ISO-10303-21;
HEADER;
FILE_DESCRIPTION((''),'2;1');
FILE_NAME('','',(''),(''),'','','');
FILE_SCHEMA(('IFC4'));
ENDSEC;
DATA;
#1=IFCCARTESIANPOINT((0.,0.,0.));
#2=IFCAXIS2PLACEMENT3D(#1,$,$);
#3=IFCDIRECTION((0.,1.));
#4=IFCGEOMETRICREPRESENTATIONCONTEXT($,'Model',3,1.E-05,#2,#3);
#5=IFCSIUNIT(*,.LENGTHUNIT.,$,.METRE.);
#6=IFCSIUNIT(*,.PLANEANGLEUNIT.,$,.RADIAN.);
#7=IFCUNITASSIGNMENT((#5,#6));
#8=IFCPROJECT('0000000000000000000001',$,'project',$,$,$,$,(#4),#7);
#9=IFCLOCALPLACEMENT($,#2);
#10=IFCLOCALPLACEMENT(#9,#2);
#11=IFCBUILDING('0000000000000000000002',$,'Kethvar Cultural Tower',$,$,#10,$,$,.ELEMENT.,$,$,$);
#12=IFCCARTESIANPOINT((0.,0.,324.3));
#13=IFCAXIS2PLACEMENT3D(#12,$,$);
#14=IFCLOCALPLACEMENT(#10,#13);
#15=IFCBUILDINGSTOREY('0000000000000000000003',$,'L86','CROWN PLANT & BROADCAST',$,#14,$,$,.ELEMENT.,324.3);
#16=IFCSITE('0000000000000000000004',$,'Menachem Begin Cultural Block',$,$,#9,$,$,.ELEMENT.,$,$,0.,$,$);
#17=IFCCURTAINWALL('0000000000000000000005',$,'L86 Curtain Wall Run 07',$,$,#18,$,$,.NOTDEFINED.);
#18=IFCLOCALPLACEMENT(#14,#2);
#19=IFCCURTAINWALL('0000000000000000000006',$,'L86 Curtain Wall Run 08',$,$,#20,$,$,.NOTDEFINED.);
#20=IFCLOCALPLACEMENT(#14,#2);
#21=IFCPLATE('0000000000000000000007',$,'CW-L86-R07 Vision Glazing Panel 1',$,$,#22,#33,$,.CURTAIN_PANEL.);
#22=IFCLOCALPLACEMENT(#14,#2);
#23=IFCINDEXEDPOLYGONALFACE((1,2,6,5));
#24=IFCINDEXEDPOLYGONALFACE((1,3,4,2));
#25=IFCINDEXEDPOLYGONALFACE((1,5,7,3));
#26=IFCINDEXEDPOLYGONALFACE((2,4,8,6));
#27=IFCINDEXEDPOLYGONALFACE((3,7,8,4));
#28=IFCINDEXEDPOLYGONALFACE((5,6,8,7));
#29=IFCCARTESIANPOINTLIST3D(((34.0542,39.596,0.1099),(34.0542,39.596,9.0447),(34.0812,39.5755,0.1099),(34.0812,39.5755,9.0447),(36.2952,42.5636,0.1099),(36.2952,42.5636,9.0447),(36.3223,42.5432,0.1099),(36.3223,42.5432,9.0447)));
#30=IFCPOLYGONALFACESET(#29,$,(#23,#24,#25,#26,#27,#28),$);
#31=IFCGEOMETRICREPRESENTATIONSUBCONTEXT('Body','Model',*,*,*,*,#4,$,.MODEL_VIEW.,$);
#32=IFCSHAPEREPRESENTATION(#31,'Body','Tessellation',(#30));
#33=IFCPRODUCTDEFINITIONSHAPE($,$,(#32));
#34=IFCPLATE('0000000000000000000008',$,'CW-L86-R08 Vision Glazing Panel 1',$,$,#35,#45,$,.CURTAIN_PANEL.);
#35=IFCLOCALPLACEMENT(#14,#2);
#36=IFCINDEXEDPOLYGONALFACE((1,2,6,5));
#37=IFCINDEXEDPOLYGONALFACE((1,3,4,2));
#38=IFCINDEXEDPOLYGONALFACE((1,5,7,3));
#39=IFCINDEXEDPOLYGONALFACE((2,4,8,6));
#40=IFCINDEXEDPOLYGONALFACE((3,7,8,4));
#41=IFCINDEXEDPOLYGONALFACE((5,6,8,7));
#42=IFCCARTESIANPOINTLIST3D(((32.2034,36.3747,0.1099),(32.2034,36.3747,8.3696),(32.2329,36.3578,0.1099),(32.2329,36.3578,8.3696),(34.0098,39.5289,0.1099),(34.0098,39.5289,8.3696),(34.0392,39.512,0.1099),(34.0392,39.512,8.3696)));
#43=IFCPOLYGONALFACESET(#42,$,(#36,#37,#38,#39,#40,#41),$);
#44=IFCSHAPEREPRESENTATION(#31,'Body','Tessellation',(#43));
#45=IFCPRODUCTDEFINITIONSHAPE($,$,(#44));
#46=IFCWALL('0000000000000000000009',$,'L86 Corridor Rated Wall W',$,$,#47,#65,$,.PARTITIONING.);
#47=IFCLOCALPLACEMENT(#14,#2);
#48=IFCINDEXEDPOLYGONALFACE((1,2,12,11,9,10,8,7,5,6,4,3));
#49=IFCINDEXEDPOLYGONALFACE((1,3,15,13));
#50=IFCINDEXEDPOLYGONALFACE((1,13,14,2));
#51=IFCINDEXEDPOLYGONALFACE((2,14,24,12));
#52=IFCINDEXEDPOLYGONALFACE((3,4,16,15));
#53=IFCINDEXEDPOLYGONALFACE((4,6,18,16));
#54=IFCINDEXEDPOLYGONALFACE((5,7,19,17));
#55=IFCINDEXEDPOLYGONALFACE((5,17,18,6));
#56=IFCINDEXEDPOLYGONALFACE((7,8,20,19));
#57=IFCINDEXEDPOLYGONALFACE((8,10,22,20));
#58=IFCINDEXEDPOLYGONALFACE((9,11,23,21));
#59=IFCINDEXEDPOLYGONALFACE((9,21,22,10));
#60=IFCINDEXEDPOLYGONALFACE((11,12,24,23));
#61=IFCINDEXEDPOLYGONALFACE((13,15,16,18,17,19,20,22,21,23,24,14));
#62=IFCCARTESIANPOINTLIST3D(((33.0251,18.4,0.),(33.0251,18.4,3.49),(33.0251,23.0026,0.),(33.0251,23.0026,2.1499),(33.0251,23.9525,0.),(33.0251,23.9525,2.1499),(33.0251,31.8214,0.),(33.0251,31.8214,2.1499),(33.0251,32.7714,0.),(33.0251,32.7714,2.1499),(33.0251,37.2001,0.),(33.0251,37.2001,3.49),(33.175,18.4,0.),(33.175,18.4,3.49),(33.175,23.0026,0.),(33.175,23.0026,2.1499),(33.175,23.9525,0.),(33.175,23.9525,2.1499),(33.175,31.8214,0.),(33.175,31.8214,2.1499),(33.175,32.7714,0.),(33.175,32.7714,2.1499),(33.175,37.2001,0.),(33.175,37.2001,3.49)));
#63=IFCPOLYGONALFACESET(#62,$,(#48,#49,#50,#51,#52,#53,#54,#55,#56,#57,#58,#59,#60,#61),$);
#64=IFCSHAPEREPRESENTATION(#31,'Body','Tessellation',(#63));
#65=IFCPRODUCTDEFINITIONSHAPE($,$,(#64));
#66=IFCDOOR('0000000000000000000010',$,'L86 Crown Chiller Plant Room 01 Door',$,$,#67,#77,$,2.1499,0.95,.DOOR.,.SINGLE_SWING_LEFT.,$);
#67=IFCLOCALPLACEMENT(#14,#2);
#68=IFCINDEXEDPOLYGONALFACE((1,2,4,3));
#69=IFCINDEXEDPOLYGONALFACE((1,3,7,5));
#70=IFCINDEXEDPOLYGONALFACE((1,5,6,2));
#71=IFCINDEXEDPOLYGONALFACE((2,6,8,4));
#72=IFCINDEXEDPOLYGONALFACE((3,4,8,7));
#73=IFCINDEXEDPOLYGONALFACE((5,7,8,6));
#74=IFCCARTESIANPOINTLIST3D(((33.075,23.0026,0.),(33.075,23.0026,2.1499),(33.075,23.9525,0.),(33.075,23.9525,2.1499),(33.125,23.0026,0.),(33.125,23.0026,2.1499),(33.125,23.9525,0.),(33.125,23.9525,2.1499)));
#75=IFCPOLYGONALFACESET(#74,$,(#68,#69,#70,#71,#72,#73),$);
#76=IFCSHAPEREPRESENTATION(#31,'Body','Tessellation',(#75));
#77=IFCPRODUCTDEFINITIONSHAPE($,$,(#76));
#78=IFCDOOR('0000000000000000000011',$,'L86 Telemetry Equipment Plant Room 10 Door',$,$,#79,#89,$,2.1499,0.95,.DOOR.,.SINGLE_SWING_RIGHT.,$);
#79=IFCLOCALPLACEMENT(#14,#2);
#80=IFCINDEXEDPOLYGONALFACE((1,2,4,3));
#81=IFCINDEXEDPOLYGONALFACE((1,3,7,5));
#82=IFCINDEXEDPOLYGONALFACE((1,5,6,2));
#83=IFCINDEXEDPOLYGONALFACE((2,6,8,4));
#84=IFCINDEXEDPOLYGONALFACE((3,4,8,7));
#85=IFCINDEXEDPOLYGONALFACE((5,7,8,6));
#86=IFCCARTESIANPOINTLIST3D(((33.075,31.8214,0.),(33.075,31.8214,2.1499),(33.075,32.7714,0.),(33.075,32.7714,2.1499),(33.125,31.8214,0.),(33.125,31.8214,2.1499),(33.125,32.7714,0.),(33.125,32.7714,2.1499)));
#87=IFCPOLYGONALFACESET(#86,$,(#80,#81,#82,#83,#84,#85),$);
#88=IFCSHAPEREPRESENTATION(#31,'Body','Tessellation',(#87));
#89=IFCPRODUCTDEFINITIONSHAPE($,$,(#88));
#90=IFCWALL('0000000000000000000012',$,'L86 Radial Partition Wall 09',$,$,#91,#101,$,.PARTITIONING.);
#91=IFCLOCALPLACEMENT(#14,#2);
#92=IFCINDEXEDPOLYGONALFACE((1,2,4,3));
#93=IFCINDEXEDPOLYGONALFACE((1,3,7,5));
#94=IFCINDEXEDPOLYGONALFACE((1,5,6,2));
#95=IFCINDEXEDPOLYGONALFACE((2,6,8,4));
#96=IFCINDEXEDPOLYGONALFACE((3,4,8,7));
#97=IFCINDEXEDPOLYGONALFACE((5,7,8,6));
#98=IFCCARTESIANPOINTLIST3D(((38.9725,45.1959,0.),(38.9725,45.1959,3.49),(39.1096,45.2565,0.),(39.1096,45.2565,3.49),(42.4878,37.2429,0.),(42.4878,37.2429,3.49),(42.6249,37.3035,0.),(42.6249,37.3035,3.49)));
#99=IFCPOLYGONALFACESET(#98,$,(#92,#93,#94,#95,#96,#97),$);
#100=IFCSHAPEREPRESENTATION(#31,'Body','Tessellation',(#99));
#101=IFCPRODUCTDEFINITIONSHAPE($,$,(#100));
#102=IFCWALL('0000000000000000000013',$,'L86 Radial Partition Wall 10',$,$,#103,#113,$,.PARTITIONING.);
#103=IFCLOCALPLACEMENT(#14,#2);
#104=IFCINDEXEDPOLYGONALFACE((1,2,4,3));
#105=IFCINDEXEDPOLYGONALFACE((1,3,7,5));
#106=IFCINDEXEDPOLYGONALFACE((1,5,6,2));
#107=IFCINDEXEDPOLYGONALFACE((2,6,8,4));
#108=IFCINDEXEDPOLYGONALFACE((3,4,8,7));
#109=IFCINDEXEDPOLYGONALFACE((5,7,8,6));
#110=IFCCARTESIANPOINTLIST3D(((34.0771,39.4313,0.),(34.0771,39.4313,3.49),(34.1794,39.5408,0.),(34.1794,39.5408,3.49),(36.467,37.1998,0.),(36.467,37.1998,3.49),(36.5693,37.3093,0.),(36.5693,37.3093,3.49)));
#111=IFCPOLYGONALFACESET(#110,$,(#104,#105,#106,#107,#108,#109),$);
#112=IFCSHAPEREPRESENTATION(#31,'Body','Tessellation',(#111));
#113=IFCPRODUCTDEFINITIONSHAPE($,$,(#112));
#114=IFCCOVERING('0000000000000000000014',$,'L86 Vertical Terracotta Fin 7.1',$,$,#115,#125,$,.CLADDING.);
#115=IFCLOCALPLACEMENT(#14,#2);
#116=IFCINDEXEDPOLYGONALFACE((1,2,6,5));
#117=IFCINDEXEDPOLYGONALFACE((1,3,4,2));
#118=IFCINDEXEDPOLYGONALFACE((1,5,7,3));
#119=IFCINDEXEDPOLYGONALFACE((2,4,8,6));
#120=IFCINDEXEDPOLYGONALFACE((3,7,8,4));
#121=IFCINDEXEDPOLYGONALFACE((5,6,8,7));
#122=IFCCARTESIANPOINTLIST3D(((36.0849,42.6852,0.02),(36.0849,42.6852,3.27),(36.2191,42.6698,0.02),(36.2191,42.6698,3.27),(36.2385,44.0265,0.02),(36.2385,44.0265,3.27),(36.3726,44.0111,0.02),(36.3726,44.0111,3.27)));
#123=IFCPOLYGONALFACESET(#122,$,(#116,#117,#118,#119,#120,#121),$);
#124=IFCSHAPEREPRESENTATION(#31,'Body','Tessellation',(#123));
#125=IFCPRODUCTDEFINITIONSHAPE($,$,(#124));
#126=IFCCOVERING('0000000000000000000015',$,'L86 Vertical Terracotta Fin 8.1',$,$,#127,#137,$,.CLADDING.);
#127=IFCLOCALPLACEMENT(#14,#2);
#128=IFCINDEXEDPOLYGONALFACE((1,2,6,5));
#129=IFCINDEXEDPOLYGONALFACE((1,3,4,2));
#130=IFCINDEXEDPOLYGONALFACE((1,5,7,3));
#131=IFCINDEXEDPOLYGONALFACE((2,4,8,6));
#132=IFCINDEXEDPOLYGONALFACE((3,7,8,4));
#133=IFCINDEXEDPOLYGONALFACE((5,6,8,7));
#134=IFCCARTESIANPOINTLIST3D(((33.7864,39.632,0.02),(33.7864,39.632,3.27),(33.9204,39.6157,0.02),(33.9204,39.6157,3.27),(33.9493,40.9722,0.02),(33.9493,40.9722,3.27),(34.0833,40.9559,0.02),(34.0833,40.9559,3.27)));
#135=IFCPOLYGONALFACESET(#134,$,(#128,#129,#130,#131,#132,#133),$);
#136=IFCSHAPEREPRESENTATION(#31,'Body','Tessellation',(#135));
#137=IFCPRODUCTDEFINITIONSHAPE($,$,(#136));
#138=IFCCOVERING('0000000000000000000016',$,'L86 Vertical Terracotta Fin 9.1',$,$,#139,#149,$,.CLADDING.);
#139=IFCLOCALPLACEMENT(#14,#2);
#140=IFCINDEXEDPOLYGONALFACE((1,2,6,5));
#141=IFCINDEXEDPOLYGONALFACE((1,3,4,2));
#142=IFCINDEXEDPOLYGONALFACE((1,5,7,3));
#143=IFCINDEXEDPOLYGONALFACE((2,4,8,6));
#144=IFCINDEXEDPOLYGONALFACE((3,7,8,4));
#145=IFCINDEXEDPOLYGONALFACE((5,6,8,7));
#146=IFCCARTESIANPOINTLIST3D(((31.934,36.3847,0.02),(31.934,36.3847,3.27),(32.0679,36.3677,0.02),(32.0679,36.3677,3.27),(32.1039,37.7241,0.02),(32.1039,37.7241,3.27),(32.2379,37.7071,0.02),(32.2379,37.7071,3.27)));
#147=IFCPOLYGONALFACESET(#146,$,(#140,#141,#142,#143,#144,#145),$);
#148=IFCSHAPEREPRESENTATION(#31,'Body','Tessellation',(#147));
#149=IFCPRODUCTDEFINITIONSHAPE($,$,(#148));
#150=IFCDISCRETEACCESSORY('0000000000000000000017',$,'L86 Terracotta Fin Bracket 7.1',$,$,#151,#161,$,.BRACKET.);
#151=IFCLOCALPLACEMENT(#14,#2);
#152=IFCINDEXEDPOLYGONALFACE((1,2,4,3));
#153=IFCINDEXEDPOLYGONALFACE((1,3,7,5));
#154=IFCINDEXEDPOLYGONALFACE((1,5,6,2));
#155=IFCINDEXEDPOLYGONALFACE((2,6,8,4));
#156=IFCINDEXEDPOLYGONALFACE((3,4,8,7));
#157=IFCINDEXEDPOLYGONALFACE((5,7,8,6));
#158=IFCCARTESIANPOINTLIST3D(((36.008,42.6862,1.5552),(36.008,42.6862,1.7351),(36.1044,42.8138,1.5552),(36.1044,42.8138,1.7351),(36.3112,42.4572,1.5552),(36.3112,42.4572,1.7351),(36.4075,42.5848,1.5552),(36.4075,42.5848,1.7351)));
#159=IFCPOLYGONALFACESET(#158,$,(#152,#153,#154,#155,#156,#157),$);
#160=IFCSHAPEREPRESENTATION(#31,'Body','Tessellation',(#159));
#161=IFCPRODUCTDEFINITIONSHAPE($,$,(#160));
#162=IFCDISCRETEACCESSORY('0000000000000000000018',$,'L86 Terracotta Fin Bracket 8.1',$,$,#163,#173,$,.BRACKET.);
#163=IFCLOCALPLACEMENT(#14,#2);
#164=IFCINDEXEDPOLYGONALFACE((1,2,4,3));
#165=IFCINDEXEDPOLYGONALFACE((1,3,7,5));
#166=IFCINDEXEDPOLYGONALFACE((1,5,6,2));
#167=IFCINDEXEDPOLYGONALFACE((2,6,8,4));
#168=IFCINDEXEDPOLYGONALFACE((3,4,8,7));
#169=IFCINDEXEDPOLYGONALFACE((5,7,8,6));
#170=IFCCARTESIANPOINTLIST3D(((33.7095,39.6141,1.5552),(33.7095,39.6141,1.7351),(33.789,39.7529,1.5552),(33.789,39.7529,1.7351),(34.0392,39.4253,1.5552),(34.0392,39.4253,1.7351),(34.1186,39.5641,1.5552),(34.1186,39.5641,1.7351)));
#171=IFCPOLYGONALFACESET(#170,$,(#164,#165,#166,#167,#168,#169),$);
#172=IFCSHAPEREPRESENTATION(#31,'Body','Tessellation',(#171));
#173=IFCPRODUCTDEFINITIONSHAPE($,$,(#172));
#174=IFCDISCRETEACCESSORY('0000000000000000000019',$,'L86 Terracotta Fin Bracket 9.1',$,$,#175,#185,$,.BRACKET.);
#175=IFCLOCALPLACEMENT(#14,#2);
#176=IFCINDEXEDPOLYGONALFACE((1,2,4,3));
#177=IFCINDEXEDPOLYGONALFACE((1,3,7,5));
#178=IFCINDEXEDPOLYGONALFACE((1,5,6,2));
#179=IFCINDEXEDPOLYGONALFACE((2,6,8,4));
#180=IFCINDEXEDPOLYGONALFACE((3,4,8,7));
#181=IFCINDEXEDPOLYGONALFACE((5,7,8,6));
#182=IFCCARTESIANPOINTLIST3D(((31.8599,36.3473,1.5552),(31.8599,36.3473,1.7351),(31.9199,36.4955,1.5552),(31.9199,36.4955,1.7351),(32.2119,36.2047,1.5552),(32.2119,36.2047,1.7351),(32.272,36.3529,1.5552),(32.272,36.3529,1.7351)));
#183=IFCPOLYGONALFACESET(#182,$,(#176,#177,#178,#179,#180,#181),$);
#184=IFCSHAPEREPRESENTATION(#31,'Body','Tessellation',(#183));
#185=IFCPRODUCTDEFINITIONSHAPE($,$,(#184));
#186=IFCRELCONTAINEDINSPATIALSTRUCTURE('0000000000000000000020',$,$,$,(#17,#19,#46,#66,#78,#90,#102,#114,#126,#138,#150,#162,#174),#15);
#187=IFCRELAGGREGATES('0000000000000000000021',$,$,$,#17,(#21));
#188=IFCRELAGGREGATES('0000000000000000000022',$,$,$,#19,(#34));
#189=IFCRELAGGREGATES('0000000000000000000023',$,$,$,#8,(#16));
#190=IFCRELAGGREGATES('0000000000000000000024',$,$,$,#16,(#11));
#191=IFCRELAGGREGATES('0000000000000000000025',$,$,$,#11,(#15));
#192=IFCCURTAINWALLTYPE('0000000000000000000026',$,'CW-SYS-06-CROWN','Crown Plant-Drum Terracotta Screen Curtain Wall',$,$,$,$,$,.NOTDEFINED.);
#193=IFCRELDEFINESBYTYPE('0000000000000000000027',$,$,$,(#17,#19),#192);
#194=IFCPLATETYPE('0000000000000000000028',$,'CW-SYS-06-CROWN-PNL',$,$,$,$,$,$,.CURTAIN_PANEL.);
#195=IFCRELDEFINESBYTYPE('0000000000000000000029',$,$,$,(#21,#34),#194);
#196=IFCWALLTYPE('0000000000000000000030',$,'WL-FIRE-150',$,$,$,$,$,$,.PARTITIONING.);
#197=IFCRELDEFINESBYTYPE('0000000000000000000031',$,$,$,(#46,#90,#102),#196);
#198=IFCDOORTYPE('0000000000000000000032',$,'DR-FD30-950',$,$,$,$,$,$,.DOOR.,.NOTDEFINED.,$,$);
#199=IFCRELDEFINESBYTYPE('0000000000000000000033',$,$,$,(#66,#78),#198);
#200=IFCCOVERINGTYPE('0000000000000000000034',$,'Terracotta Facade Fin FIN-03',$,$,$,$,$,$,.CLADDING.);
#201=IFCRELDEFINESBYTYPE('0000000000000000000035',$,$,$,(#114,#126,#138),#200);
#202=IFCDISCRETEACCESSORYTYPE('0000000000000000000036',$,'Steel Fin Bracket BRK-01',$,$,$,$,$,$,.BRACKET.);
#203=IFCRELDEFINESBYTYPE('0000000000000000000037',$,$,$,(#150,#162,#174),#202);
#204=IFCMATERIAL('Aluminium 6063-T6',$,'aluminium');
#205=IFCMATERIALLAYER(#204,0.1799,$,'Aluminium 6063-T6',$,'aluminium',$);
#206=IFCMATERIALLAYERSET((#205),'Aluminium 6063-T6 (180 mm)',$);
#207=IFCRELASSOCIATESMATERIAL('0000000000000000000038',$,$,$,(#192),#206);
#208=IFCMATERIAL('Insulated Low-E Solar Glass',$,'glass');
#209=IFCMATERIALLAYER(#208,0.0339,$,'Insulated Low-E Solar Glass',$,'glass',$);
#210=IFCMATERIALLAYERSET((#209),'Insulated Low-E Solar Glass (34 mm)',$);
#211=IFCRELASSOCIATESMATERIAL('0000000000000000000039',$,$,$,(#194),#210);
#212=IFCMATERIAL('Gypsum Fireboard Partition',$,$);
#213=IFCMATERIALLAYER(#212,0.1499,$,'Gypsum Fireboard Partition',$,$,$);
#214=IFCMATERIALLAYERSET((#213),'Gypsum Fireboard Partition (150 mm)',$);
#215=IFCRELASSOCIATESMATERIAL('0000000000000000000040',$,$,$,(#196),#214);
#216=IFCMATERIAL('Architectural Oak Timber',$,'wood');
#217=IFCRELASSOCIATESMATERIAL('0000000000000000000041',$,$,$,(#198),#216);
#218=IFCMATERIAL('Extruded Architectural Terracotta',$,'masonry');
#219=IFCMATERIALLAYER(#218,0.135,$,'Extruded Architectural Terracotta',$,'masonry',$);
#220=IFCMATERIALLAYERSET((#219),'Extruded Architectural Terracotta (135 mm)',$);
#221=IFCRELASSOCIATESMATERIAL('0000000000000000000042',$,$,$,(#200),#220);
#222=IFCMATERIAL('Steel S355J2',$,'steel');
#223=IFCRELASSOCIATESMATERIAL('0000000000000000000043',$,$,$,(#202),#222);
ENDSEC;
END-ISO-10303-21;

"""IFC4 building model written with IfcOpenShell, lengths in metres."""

from ifc_helpers import new_model, si_unit, direction, frame, frame_2d, origin, origin_2d, place, context, subcontext, project, spatial, rectangle, extrude, source, transform, mapped, material, layer, layer_set, type_object, element, fill, aggregate, save


model = new_model("IFC4")

# Units and contexts
model_context = context("Model", 3, precision=1e-05, world=origin(), true_north=direction((0.0, 1.0)))
body_context = subcontext(model_context, "Body", "Model", "MODEL_VIEW")
ifc_project = project(units=[si_unit("LENGTHUNIT", "METRE"), si_unit("PLANEANGLEUNIT", "RADIAN")], contexts=[model_context])

# Site, building, storey
site_placement = place(None, origin())
site = spatial("IfcSite", under=ifc_project, at=site_placement, Name="Menachem Begin Cultural Block", CompositionType="ELEMENT", RefElevation=0.0)
building_placement = place(site_placement, origin())
building = spatial("IfcBuilding", under=site, at=building_placement, Name="Kethvar Cultural Tower", CompositionType="ELEMENT")
storey_placement = place(building_placement, frame((0.0, 0.0, 324.3)))
storey = spatial("IfcBuildingStorey", under=building, at=storey_placement, Name="L86", Description="CROWN PLANT & BROADCAST", CompositionType="ELEMENT", Elevation=324.3)

# Shared definitions
ifc_material_1 = material(Name="Steel S355J2", Category="steel")

# Curtain wall
ifc_material_2 = material(Name="Aluminium 6063-T6", Category="aluminium")
ifc_layer_1 = layer(ifc_material_2, 0.1799, Name="Aluminium 6063-T6", Category="aluminium")
ifc_layer_set_1 = layer_set([ifc_layer_1], Name="Aluminium 6063-T6 (180 mm)")
curtain_wall_type = type_object("IfcCurtainWallType", Name="CW-SYS-06-CROWN", Description="Crown Plant-Drum Terracotta Screen Curtain Wall", PredefinedType="NOTDEFINED", material=ifc_layer_set_1)
curtain_wall_1_placement = place(storey_placement, origin())
curtain_wall_1 = element("IfcCurtainWall", 1, at=curtain_wall_1_placement, inside=storey, type_object=curtain_wall_type, Name="L86 Curtain Wall Run 07", PredefinedType="NOTDEFINED")

# Curtain wall
curtain_wall_2_placement = place(storey_placement, origin())
curtain_wall_2 = element("IfcCurtainWall", 2, at=curtain_wall_2_placement, inside=storey, type_object=curtain_wall_type, Name="L86 Curtain Wall Run 08", PredefinedType="NOTDEFINED")

# Plates
ifc_material_3 = material(Name="Insulated Low-E Solar Glass", Category="glass")
ifc_layer_2 = layer(ifc_material_3, 0.0339, Name="Insulated Low-E Solar Glass", Category="glass")
ifc_layer_set_2 = layer_set([ifc_layer_2], Name="Insulated Low-E Solar Glass (34 mm)")
plate_type = type_object("IfcPlateType", Name="CW-SYS-06-CROWN-PNL", PredefinedType="CURTAIN_PANEL", material=ifc_layer_set_2)
shared_shape_1 = source(origin(), body_context, "Body", "SweptSolid", [
    extrude(rectangle(XDim=3.7188, YDim=0.0339, at=origin_2d()), origin(), (0.0, 0.0, 1.0), 8.9348),
])
plate_1_placement = place(storey_placement, frame((35.1882, 41.0696, 0.1099), z_axis=(0.0, 0.0, 1.0), x_axis=(-0.602637, -0.798015, 0.0)))
plate_1 = element("IfcPlate", 3, at=plate_1_placement, type_object=plate_type, Name="CW-L86-R07 Vision Glazing Panel 1", PredefinedType="CURTAIN_PANEL", context=body_context, shape_type="MappedRepresentation", body=[
    mapped(shared_shape_1, transform((0.0, 0.0, 0.0), scale=1.0)),
])
aggregate(curtain_wall_1, [plate_1])
shared_shape_2 = source(origin(), body_context, "Body", "SweptSolid", [
    extrude(rectangle(XDim=3.6348, YDim=0.0339, at=origin_2d()), origin(), (0.0, 0.0, 1.0), 8.2598),
])
plate_2_placement = place(storey_placement, frame((33.1213, 37.9434, 0.1099), z_axis=(0.0, 0.0, 1.0), x_axis=(-0.496959, -0.867774, 0.0)))
plate_2 = element("IfcPlate", 4, at=plate_2_placement, type_object=plate_type, Name="CW-L86-R08 Vision Glazing Panel 1", PredefinedType="CURTAIN_PANEL", context=body_context, shape_type="MappedRepresentation", body=[
    mapped(shared_shape_2, transform((0.0, 0.0, 0.0), scale=1.0)),
])
aggregate(curtain_wall_2, [plate_2])

# Wall, openings, doors
ifc_material_4 = material(Name="Gypsum Fireboard Partition")
ifc_layer_3 = layer(ifc_material_4, 0.1499, Name="Gypsum Fireboard Partition")
ifc_layer_set_3 = layer_set([ifc_layer_3], Name="Gypsum Fireboard Partition (150 mm)")
wall_type = type_object("IfcWallType", Name="WL-FIRE-150", PredefinedType="PARTITIONING", material=ifc_layer_set_3)
wall_1_placement = place(storey_placement, frame((33.1001, 37.2, 0.0), z_axis=(0.0, 0.0, 1.0), x_axis=(0.0, -1.0, 0.0)))
wall_1 = element("IfcWall", 5, at=wall_1_placement, inside=storey, type_object=wall_type, Name="L86 Corridor Rated Wall W", PredefinedType="PARTITIONING", context=body_context, shape_type="SweptSolid", body=[
    extrude(rectangle(XDim=18.8, YDim=0.1499, at=frame_2d((9.3999, 0.0))), origin(), (0.0, 0.0, 1.0), 3.49),
])
opening_1_placement = place(wall_1_placement, frame((13.2473, 0.0, 0.0)))
opening_1 = element("IfcOpeningElement", 6, at=opening_1_placement, cuts=wall_1, PredefinedType="OPENING", context=body_context, shape_type="SweptSolid", body=[
    extrude(rectangle(XDim=0.95, YDim=2.1499, at=frame_2d((0.4751, 1.075))), frame((0.0, 0.085, 0.0), z_axis=(0.0, -1.0, 0.0), x_axis=(1.0, 0.0, 0.0)), (0.0, 0.0, 1.0), 0.1699),
])
opening_2_placement = place(wall_1_placement, frame((4.4285, 0.0, 0.0)))
opening_2 = element("IfcOpeningElement", 7, at=opening_2_placement, cuts=wall_1, PredefinedType="OPENING", context=body_context, shape_type="SweptSolid", body=[
    extrude(rectangle(XDim=0.95, YDim=2.1499, at=frame_2d((0.4751, 1.075))), frame((0.0, 0.085, 0.0), z_axis=(0.0, -1.0, 0.0), x_axis=(1.0, 0.0, 0.0)), (0.0, 0.0, 1.0), 0.1699),
])
ifc_material_5 = material(Name="Architectural Oak Timber", Category="wood")
door_type = type_object("IfcDoorType", Name="DR-FD30-950", OperationType="NOTDEFINED", PredefinedType="DOOR", material=ifc_material_5)
shared_shape_3 = source(origin(), body_context, "Body", "SweptSolid", [
    extrude(rectangle(XDim=0.95, YDim=2.1499, at=frame_2d((0.4751, 1.075))), frame((0.0, 0.0249, 0.0), z_axis=(0.0, -1.0, 0.0), x_axis=(1.0, 0.0, 0.0)), (0.0, 0.0, 1.0), 0.05),
])
door_1_placement = place(opening_1_placement, origin())
door_1 = element("IfcDoor", 8, at=door_1_placement, inside=storey, type_object=door_type, Name="L86 Crown Chiller Plant Room 01 Door", OperationType="SINGLE_SWING_LEFT", OverallHeight=2.1499, OverallWidth=0.95, PredefinedType="DOOR", context=body_context, shape_type="MappedRepresentation", body=[
    mapped(shared_shape_3, transform((0.0, 0.0, 0.0), scale=1.0)),
])
fill(opening_1, door_1)
door_2_placement = place(opening_2_placement, origin())
door_2 = element("IfcDoor", 9, at=door_2_placement, inside=storey, type_object=door_type, Name="L86 Telemetry Equipment Plant Room 10 Door", OperationType="SINGLE_SWING_RIGHT", OverallHeight=2.1499, OverallWidth=0.95, PredefinedType="DOOR", context=body_context, shape_type="MappedRepresentation", body=[
    mapped(shared_shape_3, transform((0.0, 0.0, 0.0), scale=1.0)),
])
fill(opening_2, door_2)

# Walls
wall_2_placement = place(storey_placement, frame((42.5564, 37.2732, 0.0), z_axis=(0.0, 0.0, 1.0), x_axis=(-0.40428, 0.914635, 0.0)))
element("IfcWall", 10, at=wall_2_placement, inside=storey, type_object=wall_type, Name="L86 Radial Partition Wall 09", PredefinedType="PARTITIONING", context=body_context, shape_type="SweptSolid", body=[
    extrude(rectangle(XDim=8.6953, YDim=0.1499, at=frame_2d((4.3477, 0.0))), origin(), (0.0, 0.0, 1.0), 3.49),
])
wall_3_placement = place(storey_placement, frame((36.5181, 37.2546, 0.0), z_axis=(0.0, 0.0, 1.0), x_axis=(-0.730921, 0.682462, 0.0)))
element("IfcWall", 11, at=wall_3_placement, inside=storey, type_object=wall_type, Name="L86 Radial Partition Wall 10", PredefinedType="PARTITIONING", context=body_context, shape_type="SweptSolid", body=[
    extrude(rectangle(XDim=3.2698, YDim=0.1499, at=frame_2d((1.6348, 0.0))), origin(), (0.0, 0.0, 1.0), 3.49),
])

# Coverings
ifc_material_6 = material(Name="Extruded Architectural Terracotta", Category="masonry")
ifc_layer_4 = layer(ifc_material_6, 0.135, Name="Extruded Architectural Terracotta", Category="masonry")
ifc_layer_set_4 = layer_set([ifc_layer_4], Name="Extruded Architectural Terracotta (135 mm)")
covering_type = type_object("IfcCoveringType", Name="Terracotta Facade Fin FIN-03", PredefinedType="CLADDING", material=ifc_layer_set_4)
shared_shape_4 = source(origin(), body_context, "Body", "SweptSolid", [
    extrude(rectangle(XDim=1.3501, YDim=0.135, at=origin_2d()), origin(), (0.0, 0.0, 1.0), 3.25),
])
for number, where, z_axis, x_axis, name in (
    (12, (36.2288, 43.3481, 0.02), (0.0, 0.0, 1.0), (0.113723, 0.993512, 0.0), "L86 Vertical Terracotta Fin 7.1"),
    (13, (33.9348, 40.2939, 0.02), (0.0, 0.0, 1.0), (0.120657, 0.992694, 0.0), "L86 Vertical Terracotta Fin 8.1"),
    (14, (32.0859, 37.0459, 0.02), (0.0, 0.0, 1.0), (0.125853, 0.992049, 0.0), "L86 Vertical Terracotta Fin 9.1"),
):
    element("IfcCovering", number, at=place(storey_placement, frame(where, z_axis=z_axis, x_axis=x_axis)), inside=storey, type_object=covering_type, Name=name, PredefinedType="CLADDING", context=body_context, shape_type="MappedRepresentation", body=[
        mapped(shared_shape_4, transform((0.0, 0.0, 0.0), scale=1.0)),
    ])

# Discrete accessories
discrete_accessory_type = type_object("IfcDiscreteAccessoryType", Name="Steel Fin Bracket BRK-01", PredefinedType="BRACKET", material=ifc_material_1)
shared_shape_5 = source(origin(), body_context, "Body", "SweptSolid", [
    extrude(rectangle(XDim=0.3799, YDim=0.1599, at=origin_2d()), origin(), (0.0, 0.0, 1.0), 0.1799),
])
for number, where, z_axis, x_axis, name in (
    (15, (36.2078, 42.6355, 1.5552), (0.0, 0.0, 1.0), (-0.798005, 0.602651, 0.0), "L86 Terracotta Fin Bracket 7.1"),
    (16, (33.9141, 39.5891, 1.5552), (0.0, 0.0, 1.0), (-0.867765, 0.496974, 0.0), "L86 Terracotta Fin Bracket 8.1"),
    (17, (32.0659, 36.3501, 1.5552), (0.0, 0.0, 1.0), (-0.926791, 0.375577, 0.0), "L86 Terracotta Fin Bracket 9.1"),
):
    element("IfcDiscreteAccessory", number, at=place(storey_placement, frame(where, z_axis=z_axis, x_axis=x_axis)), inside=storey, type_object=discrete_accessory_type, Name=name, PredefinedType="BRACKET", context=body_context, shape_type="MappedRepresentation", body=[
        mapped(shared_shape_5, transform((0.0, 0.0, 0.0), scale=1.0)),
    ])

save(model, "model.ifc")
